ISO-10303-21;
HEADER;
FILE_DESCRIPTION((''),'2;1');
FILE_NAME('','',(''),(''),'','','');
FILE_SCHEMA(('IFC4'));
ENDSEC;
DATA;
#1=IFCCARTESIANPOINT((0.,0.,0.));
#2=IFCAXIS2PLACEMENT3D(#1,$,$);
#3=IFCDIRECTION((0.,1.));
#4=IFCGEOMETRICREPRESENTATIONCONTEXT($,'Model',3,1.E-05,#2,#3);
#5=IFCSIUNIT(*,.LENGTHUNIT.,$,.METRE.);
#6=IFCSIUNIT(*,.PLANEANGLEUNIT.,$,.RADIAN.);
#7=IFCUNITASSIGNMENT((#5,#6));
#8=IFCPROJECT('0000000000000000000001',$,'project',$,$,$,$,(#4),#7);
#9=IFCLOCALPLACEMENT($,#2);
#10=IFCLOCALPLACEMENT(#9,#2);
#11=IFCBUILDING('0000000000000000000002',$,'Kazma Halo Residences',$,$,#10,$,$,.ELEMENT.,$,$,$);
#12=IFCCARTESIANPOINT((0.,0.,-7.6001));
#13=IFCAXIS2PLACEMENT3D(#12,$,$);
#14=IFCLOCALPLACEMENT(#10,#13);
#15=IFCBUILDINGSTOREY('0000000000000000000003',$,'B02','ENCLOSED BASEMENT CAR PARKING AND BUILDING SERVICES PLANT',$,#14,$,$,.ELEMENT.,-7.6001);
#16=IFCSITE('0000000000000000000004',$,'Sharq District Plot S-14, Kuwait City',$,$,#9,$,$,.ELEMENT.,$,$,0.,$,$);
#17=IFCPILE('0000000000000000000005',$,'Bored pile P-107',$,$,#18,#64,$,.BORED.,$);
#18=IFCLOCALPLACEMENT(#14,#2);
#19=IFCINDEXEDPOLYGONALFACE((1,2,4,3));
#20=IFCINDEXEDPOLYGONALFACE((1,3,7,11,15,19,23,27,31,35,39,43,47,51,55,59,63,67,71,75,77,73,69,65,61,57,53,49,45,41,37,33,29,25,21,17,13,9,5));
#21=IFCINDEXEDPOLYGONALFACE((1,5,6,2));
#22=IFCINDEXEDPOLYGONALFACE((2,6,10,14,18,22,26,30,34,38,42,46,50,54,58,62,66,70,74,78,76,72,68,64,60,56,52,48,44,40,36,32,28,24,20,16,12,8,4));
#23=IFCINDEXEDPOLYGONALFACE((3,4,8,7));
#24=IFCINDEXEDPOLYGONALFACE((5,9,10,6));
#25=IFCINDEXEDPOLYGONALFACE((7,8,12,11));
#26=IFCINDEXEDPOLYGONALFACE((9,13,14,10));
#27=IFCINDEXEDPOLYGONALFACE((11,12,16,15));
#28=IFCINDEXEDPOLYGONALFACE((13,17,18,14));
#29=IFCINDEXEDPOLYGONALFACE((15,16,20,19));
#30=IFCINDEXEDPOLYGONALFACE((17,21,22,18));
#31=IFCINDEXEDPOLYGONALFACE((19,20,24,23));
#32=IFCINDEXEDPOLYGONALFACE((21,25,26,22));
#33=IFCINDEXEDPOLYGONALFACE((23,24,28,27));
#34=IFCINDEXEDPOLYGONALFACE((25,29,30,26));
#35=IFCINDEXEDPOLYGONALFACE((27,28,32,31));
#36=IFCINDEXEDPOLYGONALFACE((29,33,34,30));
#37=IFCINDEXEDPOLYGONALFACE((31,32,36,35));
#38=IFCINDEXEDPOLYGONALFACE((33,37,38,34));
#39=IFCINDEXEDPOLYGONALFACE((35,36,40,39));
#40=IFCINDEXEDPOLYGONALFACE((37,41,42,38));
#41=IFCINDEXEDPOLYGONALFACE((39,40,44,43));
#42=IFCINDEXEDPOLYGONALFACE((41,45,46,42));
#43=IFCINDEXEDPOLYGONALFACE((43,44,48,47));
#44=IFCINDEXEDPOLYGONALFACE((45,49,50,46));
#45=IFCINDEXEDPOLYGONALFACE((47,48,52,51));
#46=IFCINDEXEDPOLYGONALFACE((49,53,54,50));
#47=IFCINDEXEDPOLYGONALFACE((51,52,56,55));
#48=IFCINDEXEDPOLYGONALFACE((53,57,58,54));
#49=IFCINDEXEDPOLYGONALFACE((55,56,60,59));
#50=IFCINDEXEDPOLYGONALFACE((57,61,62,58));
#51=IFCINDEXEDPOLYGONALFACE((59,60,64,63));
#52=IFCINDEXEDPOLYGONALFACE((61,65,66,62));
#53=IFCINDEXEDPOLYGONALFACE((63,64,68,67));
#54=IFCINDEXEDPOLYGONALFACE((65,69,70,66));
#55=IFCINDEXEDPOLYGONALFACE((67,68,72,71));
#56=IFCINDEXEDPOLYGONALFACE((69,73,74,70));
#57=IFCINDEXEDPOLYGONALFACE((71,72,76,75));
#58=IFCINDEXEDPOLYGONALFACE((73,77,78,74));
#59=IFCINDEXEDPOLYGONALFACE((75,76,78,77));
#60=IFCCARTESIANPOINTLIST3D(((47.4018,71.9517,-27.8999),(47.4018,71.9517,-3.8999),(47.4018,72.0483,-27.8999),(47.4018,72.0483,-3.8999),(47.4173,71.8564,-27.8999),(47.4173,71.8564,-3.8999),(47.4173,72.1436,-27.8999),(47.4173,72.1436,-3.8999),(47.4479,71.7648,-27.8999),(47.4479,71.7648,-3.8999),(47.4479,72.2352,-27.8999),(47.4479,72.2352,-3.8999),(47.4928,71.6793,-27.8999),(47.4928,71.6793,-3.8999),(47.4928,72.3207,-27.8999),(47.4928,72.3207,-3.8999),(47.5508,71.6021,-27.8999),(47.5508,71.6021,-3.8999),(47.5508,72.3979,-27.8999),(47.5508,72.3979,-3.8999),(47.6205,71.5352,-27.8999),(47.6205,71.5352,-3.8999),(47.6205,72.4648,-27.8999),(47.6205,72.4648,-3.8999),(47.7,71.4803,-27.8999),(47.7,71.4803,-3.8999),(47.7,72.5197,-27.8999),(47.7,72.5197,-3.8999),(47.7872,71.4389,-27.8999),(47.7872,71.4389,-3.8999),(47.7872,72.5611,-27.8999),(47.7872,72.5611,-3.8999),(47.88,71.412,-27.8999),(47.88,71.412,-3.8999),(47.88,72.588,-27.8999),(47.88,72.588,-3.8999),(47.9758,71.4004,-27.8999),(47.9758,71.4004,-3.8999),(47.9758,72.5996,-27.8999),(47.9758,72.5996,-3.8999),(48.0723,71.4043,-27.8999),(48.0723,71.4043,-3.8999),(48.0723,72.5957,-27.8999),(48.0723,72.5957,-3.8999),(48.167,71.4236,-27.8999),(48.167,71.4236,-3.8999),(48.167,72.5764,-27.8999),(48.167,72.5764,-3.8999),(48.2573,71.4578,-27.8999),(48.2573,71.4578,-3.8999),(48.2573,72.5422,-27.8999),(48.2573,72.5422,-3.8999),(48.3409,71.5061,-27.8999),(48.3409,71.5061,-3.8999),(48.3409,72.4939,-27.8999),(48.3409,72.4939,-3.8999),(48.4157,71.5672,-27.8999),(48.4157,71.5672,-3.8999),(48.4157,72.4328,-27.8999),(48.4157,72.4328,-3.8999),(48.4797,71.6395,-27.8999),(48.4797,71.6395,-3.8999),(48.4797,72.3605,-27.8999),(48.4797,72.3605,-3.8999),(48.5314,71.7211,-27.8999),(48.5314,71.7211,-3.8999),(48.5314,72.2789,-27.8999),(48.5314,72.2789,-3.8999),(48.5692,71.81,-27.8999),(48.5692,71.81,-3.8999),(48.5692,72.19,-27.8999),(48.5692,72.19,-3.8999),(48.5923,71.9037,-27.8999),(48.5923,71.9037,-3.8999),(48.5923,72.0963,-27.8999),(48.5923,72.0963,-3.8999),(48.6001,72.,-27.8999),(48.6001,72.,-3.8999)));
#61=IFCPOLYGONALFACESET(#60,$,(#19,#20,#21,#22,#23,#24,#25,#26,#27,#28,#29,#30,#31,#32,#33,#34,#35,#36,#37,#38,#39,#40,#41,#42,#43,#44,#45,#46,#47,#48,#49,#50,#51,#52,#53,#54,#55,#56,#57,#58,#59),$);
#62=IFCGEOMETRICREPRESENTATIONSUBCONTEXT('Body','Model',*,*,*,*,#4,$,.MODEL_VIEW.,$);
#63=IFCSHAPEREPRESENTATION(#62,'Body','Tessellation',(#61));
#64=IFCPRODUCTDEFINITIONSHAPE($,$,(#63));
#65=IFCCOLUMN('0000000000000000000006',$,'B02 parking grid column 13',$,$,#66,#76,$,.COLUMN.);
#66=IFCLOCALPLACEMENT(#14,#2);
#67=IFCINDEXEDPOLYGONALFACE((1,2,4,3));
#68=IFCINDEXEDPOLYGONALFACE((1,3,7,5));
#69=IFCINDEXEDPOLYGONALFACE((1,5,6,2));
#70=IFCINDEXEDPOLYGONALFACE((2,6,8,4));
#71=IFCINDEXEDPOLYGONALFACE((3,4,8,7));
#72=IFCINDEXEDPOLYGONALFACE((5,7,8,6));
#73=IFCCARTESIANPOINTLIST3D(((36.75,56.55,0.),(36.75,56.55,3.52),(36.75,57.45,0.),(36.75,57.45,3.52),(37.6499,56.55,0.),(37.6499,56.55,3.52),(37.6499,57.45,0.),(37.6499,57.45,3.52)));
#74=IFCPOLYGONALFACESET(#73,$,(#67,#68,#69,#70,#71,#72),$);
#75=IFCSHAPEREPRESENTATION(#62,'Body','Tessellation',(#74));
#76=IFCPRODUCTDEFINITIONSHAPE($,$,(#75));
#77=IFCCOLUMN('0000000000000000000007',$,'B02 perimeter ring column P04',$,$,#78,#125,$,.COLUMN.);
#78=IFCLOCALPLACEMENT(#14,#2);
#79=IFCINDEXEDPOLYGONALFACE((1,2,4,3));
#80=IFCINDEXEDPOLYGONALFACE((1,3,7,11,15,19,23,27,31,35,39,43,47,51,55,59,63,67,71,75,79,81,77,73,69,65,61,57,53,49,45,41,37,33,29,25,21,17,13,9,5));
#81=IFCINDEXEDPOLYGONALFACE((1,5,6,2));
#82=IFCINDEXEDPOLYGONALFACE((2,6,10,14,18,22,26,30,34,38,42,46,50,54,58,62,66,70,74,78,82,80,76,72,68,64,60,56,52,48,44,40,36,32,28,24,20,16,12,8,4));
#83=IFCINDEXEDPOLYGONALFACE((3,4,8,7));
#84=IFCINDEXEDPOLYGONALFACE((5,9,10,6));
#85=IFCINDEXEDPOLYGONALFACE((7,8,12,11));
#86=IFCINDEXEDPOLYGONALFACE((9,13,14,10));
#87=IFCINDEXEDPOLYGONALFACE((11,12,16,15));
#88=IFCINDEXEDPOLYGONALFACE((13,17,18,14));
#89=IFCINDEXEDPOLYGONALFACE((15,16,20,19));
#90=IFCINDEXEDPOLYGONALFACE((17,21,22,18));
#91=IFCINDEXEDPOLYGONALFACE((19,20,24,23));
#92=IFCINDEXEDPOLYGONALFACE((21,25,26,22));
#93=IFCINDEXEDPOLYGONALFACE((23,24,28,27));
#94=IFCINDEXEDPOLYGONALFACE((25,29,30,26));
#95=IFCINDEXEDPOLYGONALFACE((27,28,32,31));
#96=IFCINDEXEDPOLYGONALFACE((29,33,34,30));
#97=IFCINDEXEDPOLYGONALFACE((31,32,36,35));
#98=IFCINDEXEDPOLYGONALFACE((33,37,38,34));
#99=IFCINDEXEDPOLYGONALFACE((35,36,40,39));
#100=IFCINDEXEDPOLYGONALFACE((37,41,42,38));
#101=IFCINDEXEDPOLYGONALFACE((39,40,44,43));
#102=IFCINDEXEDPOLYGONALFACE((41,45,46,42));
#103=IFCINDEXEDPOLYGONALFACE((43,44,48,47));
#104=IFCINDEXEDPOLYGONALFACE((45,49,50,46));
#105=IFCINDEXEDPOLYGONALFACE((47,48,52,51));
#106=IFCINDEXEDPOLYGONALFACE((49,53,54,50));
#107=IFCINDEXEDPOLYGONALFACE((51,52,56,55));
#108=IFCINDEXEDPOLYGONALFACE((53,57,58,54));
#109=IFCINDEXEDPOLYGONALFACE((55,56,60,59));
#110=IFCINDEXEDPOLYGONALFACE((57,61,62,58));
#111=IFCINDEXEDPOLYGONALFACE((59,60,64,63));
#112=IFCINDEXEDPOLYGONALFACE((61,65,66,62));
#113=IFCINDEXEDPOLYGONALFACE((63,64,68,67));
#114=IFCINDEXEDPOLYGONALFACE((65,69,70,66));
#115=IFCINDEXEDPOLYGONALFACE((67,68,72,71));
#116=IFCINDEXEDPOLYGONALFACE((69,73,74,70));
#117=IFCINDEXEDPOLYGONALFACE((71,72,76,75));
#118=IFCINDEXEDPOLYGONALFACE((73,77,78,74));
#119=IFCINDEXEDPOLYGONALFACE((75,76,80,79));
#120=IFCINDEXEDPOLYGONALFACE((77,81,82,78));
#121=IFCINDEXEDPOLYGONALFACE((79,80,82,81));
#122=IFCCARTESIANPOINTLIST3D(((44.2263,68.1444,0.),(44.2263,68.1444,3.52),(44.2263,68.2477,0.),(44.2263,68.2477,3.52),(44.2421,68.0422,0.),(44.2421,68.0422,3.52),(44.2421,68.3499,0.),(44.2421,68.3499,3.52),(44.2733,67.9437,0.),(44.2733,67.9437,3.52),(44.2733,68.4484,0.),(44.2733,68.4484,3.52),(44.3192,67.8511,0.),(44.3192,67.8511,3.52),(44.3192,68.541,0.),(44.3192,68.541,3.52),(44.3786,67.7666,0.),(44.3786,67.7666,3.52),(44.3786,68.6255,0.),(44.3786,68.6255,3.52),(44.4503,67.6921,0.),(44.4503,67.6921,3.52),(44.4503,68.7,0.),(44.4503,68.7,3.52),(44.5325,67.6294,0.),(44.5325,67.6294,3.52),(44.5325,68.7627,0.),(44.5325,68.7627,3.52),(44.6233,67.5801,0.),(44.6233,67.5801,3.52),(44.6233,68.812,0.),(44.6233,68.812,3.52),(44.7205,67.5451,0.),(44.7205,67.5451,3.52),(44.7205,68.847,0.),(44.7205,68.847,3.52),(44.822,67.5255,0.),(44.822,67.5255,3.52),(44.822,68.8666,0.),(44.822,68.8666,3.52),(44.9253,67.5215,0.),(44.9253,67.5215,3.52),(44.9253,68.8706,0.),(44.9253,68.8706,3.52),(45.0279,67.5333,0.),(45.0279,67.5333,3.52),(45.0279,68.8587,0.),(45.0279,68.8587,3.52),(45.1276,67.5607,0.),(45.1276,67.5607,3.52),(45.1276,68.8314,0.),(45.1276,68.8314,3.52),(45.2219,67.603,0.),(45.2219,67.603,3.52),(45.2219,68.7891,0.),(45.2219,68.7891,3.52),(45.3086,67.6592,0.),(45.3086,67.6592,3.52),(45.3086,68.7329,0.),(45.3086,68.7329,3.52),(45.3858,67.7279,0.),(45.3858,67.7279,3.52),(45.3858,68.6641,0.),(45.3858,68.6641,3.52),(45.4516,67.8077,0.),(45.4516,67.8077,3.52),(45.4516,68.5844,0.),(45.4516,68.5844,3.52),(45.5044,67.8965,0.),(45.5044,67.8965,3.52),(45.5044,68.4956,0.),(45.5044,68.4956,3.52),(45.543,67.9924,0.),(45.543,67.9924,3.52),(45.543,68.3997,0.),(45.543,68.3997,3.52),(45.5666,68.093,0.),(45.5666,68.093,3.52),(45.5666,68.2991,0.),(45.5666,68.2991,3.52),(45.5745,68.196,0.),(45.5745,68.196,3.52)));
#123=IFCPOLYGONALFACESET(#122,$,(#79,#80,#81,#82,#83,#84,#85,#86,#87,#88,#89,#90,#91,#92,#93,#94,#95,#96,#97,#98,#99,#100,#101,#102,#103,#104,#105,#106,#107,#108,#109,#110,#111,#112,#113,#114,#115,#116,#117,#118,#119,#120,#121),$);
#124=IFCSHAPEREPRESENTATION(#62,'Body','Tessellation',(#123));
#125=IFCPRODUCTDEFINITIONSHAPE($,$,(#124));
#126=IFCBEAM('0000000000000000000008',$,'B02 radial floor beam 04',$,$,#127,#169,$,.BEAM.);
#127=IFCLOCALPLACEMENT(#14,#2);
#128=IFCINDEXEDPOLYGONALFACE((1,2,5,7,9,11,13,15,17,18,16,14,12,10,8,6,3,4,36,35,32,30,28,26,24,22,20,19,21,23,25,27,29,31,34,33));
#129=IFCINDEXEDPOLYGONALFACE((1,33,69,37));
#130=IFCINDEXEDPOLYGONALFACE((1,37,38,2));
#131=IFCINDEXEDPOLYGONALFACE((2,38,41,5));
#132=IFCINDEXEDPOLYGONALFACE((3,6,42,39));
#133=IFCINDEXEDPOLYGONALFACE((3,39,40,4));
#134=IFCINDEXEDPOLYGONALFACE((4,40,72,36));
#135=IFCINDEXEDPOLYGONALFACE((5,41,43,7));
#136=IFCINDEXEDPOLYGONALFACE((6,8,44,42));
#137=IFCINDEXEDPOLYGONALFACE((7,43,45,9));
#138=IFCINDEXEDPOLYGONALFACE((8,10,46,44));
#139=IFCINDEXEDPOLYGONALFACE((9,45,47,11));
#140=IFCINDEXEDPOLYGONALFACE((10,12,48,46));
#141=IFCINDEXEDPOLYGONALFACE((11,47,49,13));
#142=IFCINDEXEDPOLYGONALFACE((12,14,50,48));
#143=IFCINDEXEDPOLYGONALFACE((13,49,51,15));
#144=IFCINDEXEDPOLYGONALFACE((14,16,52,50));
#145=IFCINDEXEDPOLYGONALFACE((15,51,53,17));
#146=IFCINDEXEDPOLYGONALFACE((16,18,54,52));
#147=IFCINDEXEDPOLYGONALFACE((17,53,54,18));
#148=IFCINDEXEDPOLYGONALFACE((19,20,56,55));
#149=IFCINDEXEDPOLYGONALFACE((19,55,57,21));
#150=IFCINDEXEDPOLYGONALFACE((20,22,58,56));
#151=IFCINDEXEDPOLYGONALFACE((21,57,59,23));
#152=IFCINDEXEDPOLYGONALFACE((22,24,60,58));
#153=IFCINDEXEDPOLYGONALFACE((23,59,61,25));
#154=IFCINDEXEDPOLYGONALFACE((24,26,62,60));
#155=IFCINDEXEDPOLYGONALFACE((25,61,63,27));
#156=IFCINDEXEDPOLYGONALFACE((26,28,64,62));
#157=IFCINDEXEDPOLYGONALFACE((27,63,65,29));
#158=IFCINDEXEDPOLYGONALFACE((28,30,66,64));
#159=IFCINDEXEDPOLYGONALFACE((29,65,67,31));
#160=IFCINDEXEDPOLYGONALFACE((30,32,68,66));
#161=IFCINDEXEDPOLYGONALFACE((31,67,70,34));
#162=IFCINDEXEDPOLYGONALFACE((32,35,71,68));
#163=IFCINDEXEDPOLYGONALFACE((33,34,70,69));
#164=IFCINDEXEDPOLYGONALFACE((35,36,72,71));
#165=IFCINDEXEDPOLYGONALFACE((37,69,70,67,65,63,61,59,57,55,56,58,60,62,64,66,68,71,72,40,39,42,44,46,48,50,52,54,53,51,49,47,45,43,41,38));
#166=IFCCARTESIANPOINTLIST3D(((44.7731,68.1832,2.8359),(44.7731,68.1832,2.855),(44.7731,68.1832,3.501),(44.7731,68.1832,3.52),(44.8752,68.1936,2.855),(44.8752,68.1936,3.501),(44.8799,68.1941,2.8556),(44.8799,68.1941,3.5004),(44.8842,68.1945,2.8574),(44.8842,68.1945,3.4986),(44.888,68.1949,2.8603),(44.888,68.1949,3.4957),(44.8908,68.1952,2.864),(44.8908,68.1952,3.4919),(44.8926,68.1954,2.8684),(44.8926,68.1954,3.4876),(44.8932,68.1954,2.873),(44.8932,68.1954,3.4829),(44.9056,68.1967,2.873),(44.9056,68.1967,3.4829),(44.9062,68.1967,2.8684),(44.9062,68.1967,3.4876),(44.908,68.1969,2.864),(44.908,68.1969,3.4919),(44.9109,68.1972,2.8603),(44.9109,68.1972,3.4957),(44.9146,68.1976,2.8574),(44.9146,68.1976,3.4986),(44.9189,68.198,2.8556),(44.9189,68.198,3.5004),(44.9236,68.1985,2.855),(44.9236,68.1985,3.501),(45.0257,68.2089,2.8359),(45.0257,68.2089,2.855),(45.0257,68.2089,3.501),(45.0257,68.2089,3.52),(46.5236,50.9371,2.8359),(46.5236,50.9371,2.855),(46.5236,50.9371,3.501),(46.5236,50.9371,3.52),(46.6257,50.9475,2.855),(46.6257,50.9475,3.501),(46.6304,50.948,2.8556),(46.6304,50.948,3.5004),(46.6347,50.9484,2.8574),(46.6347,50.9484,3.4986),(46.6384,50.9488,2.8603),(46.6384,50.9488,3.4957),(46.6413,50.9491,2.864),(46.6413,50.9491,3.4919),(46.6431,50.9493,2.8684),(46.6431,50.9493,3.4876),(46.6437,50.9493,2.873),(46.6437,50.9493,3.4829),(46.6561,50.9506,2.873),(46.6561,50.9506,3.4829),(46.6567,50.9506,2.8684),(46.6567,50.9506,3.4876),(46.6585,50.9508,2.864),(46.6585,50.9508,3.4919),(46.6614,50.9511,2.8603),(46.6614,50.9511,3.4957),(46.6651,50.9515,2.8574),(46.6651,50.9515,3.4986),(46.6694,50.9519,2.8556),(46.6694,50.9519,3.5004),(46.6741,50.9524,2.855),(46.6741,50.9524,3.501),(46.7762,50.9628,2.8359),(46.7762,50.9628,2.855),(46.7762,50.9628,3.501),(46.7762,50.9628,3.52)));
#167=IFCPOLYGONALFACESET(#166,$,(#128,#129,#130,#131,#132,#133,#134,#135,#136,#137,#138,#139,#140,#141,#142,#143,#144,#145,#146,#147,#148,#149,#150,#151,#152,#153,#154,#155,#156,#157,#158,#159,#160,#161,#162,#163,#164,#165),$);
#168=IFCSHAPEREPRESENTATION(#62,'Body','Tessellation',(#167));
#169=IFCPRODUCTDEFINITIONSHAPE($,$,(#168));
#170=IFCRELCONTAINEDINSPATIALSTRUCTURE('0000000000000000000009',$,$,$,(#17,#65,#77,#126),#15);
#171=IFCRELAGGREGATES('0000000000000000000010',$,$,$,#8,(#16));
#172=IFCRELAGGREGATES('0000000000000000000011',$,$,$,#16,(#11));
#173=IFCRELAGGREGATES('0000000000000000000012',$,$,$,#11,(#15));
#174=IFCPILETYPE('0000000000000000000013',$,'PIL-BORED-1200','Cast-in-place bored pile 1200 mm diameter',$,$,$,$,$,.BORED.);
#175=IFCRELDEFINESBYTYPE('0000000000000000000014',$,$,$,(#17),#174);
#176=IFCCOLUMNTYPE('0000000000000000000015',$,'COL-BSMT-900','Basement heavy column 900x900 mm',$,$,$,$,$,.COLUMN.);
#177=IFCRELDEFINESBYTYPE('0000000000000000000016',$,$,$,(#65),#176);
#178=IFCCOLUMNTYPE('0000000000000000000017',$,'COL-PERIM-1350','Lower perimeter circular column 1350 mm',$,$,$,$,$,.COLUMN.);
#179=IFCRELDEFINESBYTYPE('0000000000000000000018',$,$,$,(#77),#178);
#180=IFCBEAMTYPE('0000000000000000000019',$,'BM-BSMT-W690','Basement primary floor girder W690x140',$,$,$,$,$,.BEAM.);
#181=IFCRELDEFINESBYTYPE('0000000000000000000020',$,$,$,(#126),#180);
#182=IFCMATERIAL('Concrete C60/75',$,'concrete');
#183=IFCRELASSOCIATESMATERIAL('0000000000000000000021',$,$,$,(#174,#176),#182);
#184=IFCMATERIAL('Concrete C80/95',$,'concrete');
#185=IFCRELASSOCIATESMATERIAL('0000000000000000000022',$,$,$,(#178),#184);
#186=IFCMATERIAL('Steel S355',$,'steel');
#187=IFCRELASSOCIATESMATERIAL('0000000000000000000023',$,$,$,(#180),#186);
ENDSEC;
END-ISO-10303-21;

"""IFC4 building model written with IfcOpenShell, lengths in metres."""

from ifc_helpers import new_model, si_unit, direction, frame, origin, origin_2d, place, context, subcontext, project, spatial, rectangle, circle, i_section, extrude, material, material_profile, profile_set, type_object, element, save


model = new_model("IFC4")

# Units and contexts
model_context = context("Model", 3, precision=1e-05, world=origin(), true_north=direction((0.0, 1.0)))
body_context = subcontext(model_context, "Body", "Model", "MODEL_VIEW")
ifc_project = project(units=[si_unit("LENGTHUNIT", "METRE"), si_unit("PLANEANGLEUNIT", "RADIAN")], contexts=[model_context])

# Site, building, storey
site_placement = place(None, origin())
site = spatial("IfcSite", under=ifc_project, at=site_placement, Name="Sharq District Plot S-14, Kuwait City", CompositionType="ELEMENT", RefElevation=0.0)
building_placement = place(site_placement, origin())
building = spatial("IfcBuilding", under=site, at=building_placement, Name="Kazma Halo Residences", CompositionType="ELEMENT")
storey_placement = place(building_placement, frame((0.0, 0.0, -7.6001)))
storey = spatial("IfcBuildingStorey", under=building, at=storey_placement, Name="B02", Description="ENCLOSED BASEMENT CAR PARKING AND BUILDING SERVICES PLANT", CompositionType="ELEMENT", Elevation=-7.6001)

# Pile
ifc_material_1 = material(Name="Concrete C60/75", Category="concrete")
ifc_material_profile_1 = material_profile(ifc_material_1, circle(Radius=0.6001, at=origin_2d()), Name="CIRC1200")
ifc_profile_set_1 = profile_set([ifc_material_profile_1], Name="Concrete C60/75")
pile_type = type_object("IfcPileType", Name="PIL-BORED-1200", Description="Cast-in-place bored pile 1200 mm diameter", PredefinedType="BORED", material=ifc_profile_set_1)
for number, where, z_axis, x_axis, name in (
    (1, (48.0, 72.0, -3.8999), (0.0, 0.0, -1.0), (1.0, 0.0, 0.0), "Bored pile P-107"),
):
    element("IfcPile", number, at=place(storey_placement, frame(where, z_axis=z_axis, x_axis=x_axis)), inside=storey, type_object=pile_type, Name=name, PredefinedType="BORED", context=body_context, shape_type="SweptSolid", body=[
        extrude(circle(Radius=0.6001, at=origin_2d()), origin(), (0.0, 0.0, 1.0), 24.0),
    ])

# Columns
ifc_material_profile_2 = material_profile(ifc_material_1, rectangle(XDim=0.8999, YDim=0.8999, at=origin_2d()), Name="RECT900x900")
ifc_profile_set_2 = profile_set([ifc_material_profile_2], Name="Concrete C60/75")
column_type_1 = type_object("IfcColumnType", Name="COL-BSMT-900", Description="Basement heavy column 900x900 mm", PredefinedType="COLUMN", material=ifc_profile_set_2)
column_1_placement = place(storey_placement, frame((37.2, 57.0, 0.0), z_axis=(0.0, 0.0, 1.0), x_axis=(1.0, 0.0, 0.0)))
element("IfcColumn", 2, at=column_1_placement, inside=storey, type_object=column_type_1, Name="B02 parking grid column 13", PredefinedType="COLUMN", context=body_context, shape_type="SweptSolid", body=[
    extrude(rectangle(XDim=0.8999, YDim=0.8999, at=origin_2d()), origin(), (0.0, 0.0, 1.0), 3.52),
])
ifc_material_2 = material(Name="Concrete C80/95", Category="concrete")
ifc_material_profile_3 = material_profile(ifc_material_2, circle(Radius=0.675, at=origin_2d()), Name="CIRC1350")
ifc_profile_set_3 = profile_set([ifc_material_profile_3], Name="Concrete C80/95")
column_type_2 = type_object("IfcColumnType", Name="COL-PERIM-1350", Description="Lower perimeter circular column 1350 mm", PredefinedType="COLUMN", material=ifc_profile_set_3)
column_2_placement = place(storey_placement, frame((44.8994, 68.196, 0.0), z_axis=(0.0, 0.0, 1.0), x_axis=(1.0, 0.0, 0.0)))
element("IfcColumn", 3, at=column_2_placement, inside=storey, type_object=column_type_2, Name="B02 perimeter ring column P04", PredefinedType="COLUMN", context=body_context, shape_type="SweptSolid", body=[
    extrude(circle(Radius=0.675, at=origin_2d()), origin(), (0.0, 0.0, 1.0), 3.52),
])

# Beam
ifc_material_3 = material(Name="Steel S355", Category="steel")
ifc_material_profile_4 = material_profile(ifc_material_3, i_section(OverallWidth=0.2539, OverallDepth=0.6841, WebThickness=0.0125, FlangeThickness=0.019, FilletRadius=0.0181, at=origin_2d()), Name="W690x140")
ifc_profile_set_4 = profile_set([ifc_material_profile_4], Name="Steel S355")
beam_type_1 = type_object("IfcBeamType", Name="BM-BSMT-W690", Description="Basement primary floor girder W690x140", PredefinedType="BEAM", material=ifc_profile_set_4)
beam_1_placement = place(storey_placement, frame((46.6499, 50.95, 3.178), z_axis=(-0.100982, 0.994888, 0.0), x_axis=(-0.994888, -0.100982, 0.0)))
element("IfcBeam", 4, at=beam_1_placement, inside=storey, type_object=beam_type_1, Name="B02 radial floor beam 04", PredefinedType="BEAM", context=body_context, shape_type="SweptSolid", body=[
    extrude(i_section(OverallWidth=0.2539, OverallDepth=0.6841, WebThickness=0.0125, FlangeThickness=0.019, FilletRadius=0.0181, at=origin_2d()), origin(), (0.0, 0.0, 1.0), 17.3347),
])

save(model, "model.ifc")
